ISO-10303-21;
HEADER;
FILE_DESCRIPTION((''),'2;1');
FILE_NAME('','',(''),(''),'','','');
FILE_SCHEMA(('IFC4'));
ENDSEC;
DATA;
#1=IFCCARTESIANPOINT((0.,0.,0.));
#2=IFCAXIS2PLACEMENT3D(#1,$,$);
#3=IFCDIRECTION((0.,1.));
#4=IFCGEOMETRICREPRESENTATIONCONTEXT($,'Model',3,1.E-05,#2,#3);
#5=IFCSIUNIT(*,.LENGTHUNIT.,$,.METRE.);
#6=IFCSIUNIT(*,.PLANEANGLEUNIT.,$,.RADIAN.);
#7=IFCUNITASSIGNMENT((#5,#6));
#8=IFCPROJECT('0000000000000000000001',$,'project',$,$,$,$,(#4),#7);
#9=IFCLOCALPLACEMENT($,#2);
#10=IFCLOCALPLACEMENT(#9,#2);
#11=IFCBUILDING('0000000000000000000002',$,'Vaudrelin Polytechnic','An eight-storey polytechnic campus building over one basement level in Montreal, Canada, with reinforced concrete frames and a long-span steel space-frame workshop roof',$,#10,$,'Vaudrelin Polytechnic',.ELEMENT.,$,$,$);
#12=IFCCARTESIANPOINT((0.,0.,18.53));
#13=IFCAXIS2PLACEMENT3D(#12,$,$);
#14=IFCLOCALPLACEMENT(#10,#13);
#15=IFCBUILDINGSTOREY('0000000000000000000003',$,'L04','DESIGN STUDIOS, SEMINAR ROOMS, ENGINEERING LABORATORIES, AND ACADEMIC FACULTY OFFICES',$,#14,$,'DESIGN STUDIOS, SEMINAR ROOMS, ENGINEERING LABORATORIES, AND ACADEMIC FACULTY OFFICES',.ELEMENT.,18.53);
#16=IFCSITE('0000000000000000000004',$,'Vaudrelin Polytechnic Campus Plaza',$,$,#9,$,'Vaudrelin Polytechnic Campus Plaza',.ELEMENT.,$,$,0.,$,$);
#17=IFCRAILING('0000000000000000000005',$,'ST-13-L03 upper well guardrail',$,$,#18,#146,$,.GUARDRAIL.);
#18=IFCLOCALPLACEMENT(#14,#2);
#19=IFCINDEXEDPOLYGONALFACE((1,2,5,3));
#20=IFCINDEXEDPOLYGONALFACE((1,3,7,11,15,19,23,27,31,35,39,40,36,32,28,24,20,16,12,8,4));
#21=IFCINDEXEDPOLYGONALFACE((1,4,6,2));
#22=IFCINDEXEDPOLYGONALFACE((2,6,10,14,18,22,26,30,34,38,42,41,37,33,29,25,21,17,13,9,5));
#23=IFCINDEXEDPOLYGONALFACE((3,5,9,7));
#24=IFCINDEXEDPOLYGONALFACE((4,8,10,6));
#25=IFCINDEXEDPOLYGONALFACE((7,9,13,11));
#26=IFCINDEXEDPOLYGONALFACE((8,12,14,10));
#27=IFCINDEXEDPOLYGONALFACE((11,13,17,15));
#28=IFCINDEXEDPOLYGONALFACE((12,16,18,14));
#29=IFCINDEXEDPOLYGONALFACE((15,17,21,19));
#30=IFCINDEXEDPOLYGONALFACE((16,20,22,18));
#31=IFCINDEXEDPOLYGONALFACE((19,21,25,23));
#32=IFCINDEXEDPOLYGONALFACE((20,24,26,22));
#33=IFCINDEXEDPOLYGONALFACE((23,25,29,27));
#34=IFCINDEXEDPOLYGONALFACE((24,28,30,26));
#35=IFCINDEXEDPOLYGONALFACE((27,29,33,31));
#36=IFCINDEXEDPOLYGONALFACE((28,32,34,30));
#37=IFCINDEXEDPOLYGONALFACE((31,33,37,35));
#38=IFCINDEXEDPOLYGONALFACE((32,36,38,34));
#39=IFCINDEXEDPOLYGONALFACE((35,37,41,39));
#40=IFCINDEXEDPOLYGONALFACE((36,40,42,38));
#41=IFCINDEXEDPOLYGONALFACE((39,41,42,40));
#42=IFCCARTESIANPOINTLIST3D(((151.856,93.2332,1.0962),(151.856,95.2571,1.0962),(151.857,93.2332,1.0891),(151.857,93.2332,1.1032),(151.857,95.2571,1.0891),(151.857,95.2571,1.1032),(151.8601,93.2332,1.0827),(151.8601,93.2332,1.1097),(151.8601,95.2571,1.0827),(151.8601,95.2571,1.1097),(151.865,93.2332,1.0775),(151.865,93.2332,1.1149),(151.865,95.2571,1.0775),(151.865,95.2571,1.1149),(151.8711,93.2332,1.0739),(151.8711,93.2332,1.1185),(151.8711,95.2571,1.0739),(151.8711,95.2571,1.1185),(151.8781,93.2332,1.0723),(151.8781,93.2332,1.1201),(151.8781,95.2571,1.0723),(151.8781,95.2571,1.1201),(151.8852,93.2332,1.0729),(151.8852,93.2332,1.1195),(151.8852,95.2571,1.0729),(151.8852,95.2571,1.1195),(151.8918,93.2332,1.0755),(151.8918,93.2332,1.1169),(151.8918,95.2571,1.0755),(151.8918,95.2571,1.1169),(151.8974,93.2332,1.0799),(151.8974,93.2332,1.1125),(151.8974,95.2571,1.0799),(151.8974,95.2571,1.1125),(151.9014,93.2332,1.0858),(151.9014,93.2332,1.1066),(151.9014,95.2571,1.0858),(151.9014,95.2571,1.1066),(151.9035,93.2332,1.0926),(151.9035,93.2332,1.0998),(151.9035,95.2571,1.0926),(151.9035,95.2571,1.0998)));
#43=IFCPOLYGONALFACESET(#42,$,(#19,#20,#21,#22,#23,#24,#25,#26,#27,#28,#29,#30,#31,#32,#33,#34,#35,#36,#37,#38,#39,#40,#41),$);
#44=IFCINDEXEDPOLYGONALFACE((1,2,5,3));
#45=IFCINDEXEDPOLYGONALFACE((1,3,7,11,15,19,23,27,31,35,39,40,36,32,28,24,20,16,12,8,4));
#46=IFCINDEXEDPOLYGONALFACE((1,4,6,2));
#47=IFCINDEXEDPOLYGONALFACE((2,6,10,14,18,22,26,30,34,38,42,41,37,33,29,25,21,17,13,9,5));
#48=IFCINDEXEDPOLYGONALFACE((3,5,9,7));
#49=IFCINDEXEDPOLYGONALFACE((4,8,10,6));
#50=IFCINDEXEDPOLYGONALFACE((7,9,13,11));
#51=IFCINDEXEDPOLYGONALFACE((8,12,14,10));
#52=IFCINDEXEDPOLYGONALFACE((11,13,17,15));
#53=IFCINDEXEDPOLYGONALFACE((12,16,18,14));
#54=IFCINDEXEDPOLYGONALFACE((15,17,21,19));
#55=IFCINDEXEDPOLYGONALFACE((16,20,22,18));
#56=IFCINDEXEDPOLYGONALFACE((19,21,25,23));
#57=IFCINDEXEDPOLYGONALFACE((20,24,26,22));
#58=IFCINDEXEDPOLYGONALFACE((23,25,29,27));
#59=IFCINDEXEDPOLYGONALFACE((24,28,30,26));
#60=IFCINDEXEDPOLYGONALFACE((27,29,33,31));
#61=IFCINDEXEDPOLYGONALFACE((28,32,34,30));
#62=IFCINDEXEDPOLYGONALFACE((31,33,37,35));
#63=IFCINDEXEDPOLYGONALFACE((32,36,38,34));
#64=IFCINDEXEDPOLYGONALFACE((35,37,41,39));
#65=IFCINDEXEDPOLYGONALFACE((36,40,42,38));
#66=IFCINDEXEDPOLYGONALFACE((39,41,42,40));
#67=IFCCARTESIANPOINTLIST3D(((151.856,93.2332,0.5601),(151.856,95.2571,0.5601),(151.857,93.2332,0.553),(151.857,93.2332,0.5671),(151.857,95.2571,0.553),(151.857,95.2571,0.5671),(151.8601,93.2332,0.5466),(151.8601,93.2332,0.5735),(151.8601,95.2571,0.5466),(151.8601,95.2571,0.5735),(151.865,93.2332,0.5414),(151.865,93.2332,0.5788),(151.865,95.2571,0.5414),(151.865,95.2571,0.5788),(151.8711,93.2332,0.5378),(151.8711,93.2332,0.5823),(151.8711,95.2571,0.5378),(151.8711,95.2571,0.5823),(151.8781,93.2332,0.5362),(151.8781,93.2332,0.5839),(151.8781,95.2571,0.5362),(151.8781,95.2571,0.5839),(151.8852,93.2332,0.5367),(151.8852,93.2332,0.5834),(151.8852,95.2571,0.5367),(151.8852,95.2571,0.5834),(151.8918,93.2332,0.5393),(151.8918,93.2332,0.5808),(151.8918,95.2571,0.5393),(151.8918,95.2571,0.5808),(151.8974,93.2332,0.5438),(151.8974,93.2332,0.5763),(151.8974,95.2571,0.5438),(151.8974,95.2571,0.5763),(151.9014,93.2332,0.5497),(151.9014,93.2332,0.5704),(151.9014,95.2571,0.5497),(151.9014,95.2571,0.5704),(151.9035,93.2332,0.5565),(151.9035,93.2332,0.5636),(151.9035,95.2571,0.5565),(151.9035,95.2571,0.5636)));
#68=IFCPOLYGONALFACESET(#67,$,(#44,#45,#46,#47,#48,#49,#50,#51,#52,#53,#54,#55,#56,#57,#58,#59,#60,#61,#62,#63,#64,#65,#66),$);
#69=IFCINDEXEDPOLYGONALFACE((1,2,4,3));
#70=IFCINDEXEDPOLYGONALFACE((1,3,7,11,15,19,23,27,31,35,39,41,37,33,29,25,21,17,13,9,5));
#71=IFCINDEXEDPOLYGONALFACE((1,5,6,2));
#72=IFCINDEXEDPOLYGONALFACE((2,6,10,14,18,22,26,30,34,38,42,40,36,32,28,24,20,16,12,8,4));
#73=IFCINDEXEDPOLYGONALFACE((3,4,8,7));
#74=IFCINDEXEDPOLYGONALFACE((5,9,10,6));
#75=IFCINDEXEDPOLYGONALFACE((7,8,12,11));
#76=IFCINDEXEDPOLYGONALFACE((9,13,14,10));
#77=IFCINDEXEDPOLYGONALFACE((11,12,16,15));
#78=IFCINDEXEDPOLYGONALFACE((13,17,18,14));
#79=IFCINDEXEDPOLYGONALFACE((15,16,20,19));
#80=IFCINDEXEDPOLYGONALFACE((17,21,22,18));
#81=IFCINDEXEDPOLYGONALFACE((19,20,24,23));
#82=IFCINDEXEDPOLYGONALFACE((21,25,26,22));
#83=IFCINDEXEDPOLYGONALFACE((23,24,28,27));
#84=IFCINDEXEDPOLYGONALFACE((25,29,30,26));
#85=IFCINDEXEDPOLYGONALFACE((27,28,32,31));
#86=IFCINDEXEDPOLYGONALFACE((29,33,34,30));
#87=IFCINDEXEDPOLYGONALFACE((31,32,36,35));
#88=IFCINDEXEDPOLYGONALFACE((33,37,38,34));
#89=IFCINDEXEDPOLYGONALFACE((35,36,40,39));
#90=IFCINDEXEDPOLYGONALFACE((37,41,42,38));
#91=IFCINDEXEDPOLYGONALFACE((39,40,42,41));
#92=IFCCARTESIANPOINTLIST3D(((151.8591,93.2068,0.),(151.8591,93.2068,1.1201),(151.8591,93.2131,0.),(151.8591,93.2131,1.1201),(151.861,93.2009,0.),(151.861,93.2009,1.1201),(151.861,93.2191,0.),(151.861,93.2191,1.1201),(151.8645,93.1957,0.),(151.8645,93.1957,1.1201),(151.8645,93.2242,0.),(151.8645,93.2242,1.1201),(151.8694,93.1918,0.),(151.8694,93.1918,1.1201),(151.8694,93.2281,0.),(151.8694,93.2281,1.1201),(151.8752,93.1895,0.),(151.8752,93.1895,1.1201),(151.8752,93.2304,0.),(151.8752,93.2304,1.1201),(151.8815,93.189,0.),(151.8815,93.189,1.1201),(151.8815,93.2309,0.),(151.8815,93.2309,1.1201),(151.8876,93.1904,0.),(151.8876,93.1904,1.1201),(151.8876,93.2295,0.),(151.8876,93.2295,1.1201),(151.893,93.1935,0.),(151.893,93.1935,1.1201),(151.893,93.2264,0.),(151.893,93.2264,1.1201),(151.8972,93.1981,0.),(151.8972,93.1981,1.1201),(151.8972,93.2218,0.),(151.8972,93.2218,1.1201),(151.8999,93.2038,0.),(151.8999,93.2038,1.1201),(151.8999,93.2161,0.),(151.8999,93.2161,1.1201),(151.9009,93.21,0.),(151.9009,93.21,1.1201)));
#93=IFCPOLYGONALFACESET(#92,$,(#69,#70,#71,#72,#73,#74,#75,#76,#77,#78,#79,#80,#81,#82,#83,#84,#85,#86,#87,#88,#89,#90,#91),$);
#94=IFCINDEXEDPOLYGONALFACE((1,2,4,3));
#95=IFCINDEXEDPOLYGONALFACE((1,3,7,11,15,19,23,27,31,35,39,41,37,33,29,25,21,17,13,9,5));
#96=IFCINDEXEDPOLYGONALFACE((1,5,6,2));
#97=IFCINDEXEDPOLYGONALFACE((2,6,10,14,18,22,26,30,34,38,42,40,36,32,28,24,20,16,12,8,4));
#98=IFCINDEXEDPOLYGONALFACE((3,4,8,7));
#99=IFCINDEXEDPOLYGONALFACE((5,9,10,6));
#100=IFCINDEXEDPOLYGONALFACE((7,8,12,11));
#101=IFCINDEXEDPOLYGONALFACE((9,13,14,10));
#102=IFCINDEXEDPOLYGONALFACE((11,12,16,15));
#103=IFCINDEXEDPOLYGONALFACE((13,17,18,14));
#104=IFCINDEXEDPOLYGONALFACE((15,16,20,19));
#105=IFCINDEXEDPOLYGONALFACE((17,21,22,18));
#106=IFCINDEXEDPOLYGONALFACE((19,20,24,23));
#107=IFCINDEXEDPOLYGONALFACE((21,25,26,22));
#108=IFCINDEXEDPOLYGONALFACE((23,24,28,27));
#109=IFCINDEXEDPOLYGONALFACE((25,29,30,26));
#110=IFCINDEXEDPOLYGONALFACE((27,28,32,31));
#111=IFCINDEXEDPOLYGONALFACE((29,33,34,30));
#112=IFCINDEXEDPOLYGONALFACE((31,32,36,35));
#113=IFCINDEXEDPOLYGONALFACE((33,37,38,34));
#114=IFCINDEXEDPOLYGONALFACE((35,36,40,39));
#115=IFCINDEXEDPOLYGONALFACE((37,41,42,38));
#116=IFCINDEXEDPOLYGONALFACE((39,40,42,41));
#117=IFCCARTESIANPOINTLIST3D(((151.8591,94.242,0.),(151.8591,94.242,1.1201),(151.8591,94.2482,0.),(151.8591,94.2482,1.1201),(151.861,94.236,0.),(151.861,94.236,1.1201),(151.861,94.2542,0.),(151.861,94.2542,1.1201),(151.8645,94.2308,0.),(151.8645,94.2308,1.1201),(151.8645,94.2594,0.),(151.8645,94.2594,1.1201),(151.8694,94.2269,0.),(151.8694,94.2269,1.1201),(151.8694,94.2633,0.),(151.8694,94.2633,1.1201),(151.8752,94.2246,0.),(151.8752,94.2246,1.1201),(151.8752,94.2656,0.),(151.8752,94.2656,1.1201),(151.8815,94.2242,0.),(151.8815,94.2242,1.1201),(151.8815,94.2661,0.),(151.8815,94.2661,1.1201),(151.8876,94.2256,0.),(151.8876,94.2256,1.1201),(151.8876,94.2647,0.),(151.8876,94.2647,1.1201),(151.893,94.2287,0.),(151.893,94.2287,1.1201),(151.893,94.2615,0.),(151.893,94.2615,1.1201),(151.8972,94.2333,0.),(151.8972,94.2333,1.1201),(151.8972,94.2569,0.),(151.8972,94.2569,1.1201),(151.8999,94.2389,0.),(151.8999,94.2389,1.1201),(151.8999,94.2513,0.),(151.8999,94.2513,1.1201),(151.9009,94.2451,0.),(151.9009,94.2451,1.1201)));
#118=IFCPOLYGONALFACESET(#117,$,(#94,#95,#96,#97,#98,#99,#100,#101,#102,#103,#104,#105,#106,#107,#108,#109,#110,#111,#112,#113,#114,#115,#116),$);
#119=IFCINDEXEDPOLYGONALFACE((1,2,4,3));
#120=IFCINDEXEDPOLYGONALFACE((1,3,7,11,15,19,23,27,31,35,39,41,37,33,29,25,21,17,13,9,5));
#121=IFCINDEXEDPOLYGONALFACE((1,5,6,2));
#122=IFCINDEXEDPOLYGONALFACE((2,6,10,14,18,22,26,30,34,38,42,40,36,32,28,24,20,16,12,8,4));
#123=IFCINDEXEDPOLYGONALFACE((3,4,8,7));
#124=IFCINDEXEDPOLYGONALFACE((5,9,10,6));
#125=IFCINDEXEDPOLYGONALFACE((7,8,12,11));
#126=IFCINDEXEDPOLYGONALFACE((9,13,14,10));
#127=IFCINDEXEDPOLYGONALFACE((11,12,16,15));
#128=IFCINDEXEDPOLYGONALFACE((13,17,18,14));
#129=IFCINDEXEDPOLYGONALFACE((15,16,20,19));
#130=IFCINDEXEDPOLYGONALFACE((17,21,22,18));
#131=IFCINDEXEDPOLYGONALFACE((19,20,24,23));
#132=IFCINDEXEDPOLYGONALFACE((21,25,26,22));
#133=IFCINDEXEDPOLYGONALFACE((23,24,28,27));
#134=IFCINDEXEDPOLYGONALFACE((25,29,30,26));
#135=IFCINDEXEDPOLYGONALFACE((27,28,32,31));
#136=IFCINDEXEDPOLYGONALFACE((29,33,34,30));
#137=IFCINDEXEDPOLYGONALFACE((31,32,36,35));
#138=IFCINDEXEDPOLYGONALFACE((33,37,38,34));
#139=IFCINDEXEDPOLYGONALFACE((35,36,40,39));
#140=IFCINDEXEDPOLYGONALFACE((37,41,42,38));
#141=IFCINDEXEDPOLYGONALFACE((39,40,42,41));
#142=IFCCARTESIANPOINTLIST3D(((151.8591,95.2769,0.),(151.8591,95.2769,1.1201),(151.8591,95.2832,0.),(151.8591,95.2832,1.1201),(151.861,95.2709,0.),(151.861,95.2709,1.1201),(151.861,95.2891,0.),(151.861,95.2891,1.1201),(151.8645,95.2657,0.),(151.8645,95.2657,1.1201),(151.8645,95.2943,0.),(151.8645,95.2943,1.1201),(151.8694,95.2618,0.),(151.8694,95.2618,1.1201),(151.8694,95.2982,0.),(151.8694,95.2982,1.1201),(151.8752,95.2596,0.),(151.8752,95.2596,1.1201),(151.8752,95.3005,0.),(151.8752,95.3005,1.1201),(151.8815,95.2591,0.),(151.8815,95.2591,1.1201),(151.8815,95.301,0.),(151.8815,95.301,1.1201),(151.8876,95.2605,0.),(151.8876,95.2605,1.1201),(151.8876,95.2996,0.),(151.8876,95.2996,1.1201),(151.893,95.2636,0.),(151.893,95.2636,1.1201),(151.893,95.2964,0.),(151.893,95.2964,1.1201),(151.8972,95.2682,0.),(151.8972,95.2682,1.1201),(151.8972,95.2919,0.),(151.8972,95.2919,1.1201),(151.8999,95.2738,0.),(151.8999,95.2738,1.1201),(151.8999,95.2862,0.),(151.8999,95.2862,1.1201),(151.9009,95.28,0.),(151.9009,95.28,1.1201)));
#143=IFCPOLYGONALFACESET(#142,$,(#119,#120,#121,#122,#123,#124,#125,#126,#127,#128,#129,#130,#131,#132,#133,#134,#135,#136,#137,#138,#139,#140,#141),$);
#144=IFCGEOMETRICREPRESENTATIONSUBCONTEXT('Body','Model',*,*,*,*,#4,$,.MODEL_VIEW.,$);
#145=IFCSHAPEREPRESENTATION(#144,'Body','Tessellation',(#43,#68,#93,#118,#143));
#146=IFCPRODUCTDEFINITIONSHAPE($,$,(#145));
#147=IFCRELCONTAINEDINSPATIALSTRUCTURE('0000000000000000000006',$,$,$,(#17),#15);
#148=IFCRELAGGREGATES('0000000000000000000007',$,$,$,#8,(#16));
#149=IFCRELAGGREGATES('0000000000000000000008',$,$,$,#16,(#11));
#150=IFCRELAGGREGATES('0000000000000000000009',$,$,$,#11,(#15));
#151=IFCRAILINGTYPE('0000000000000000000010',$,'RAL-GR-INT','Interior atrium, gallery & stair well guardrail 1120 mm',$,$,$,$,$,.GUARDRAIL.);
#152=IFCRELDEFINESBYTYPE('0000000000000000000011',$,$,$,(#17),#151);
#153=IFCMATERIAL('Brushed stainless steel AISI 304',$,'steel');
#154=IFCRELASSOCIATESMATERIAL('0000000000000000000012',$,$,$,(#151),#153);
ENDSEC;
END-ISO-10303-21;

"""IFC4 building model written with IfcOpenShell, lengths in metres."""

from ifc_helpers import new_model, si_unit, direction, frame, origin, origin_2d, place, context, subcontext, project, spatial, circle, extrude, material, type_object, element, save


model = new_model("IFC4")

# Units and contexts
model_context = context("Model", 3, precision=1e-05, world=origin(), true_north=direction((0.0, 1.0)))
body_context = subcontext(model_context, "Body", "Model", "MODEL_VIEW")
ifc_project = project(units=[si_unit("LENGTHUNIT", "METRE"), si_unit("PLANEANGLEUNIT", "RADIAN")], contexts=[model_context])

# Site, building, storey
site_placement = place(None, origin())
site = spatial("IfcSite", under=ifc_project, at=site_placement, Name="Vaudrelin Polytechnic Campus Plaza", LongName="Vaudrelin Polytechnic Campus Plaza", CompositionType="ELEMENT", RefElevation=0.0)
building_placement = place(site_placement, origin())
building = spatial("IfcBuilding", under=site, at=building_placement, Name="Vaudrelin Polytechnic", Description="An eight-storey polytechnic campus building over one basement level in Montreal, Canada, with reinforced concrete frames and a long-span steel space-frame workshop roof", LongName="Vaudrelin Polytechnic", CompositionType="ELEMENT")
storey_placement = place(building_placement, frame((0.0, 0.0, 18.53)))
storey = spatial("IfcBuildingStorey", under=building, at=storey_placement, Name="L04", Description="DESIGN STUDIOS, SEMINAR ROOMS, ENGINEERING LABORATORIES, AND ACADEMIC FACULTY OFFICES", LongName="DESIGN STUDIOS, SEMINAR ROOMS, ENGINEERING LABORATORIES, AND ACADEMIC FACULTY OFFICES", CompositionType="ELEMENT", Elevation=18.53)

# Railing
ifc_material_1 = material(Name="Brushed stainless steel AISI 304", Category="steel")
railing_type_1 = type_object("IfcRailingType", Name="RAL-GR-INT", Description="Interior atrium, gallery & stair well guardrail 1120 mm", PredefinedType="GUARDRAIL", material=ifc_material_1)
railing_1_placement = place(storey_placement, frame((151.8799, 93.21, 0.0)))
element("IfcRailing", 1, at=railing_1_placement, inside=storey, type_object=railing_type_1, Name="ST-13-L03 upper well guardrail", PredefinedType="GUARDRAIL", context=body_context, shape_type="SweptSolid", body=[
    extrude(circle(Radius=0.0239, at=origin_2d()), frame((0.0, 0.0232, 1.0962), z_axis=(0.0, 1.0, 0.0), x_axis=(-1.0, 0.0, 0.0)), (0.0, 0.0, 1.0), 2.0239),
    extrude(circle(Radius=0.0239, at=origin_2d()), frame((0.0, 0.0232, 0.5601), z_axis=(0.0, 1.0, 0.0), x_axis=(-1.0, 0.0, 0.0)), (0.0, 0.0, 1.0), 2.0239),
    extrude(circle(Radius=0.021, at=origin_2d()), origin(), (0.0, 0.0, 1.0), 1.1201),
    extrude(circle(Radius=0.021, at=origin_2d()), frame((0.0, 1.0352, 0.0)), (0.0, 0.0, 1.0), 1.1201),
    extrude(circle(Radius=0.021, at=origin_2d()), frame((0.0, 2.0701, 0.0)), (0.0, 0.0, 1.0), 1.1201),
])

save(model, "model.ifc")
